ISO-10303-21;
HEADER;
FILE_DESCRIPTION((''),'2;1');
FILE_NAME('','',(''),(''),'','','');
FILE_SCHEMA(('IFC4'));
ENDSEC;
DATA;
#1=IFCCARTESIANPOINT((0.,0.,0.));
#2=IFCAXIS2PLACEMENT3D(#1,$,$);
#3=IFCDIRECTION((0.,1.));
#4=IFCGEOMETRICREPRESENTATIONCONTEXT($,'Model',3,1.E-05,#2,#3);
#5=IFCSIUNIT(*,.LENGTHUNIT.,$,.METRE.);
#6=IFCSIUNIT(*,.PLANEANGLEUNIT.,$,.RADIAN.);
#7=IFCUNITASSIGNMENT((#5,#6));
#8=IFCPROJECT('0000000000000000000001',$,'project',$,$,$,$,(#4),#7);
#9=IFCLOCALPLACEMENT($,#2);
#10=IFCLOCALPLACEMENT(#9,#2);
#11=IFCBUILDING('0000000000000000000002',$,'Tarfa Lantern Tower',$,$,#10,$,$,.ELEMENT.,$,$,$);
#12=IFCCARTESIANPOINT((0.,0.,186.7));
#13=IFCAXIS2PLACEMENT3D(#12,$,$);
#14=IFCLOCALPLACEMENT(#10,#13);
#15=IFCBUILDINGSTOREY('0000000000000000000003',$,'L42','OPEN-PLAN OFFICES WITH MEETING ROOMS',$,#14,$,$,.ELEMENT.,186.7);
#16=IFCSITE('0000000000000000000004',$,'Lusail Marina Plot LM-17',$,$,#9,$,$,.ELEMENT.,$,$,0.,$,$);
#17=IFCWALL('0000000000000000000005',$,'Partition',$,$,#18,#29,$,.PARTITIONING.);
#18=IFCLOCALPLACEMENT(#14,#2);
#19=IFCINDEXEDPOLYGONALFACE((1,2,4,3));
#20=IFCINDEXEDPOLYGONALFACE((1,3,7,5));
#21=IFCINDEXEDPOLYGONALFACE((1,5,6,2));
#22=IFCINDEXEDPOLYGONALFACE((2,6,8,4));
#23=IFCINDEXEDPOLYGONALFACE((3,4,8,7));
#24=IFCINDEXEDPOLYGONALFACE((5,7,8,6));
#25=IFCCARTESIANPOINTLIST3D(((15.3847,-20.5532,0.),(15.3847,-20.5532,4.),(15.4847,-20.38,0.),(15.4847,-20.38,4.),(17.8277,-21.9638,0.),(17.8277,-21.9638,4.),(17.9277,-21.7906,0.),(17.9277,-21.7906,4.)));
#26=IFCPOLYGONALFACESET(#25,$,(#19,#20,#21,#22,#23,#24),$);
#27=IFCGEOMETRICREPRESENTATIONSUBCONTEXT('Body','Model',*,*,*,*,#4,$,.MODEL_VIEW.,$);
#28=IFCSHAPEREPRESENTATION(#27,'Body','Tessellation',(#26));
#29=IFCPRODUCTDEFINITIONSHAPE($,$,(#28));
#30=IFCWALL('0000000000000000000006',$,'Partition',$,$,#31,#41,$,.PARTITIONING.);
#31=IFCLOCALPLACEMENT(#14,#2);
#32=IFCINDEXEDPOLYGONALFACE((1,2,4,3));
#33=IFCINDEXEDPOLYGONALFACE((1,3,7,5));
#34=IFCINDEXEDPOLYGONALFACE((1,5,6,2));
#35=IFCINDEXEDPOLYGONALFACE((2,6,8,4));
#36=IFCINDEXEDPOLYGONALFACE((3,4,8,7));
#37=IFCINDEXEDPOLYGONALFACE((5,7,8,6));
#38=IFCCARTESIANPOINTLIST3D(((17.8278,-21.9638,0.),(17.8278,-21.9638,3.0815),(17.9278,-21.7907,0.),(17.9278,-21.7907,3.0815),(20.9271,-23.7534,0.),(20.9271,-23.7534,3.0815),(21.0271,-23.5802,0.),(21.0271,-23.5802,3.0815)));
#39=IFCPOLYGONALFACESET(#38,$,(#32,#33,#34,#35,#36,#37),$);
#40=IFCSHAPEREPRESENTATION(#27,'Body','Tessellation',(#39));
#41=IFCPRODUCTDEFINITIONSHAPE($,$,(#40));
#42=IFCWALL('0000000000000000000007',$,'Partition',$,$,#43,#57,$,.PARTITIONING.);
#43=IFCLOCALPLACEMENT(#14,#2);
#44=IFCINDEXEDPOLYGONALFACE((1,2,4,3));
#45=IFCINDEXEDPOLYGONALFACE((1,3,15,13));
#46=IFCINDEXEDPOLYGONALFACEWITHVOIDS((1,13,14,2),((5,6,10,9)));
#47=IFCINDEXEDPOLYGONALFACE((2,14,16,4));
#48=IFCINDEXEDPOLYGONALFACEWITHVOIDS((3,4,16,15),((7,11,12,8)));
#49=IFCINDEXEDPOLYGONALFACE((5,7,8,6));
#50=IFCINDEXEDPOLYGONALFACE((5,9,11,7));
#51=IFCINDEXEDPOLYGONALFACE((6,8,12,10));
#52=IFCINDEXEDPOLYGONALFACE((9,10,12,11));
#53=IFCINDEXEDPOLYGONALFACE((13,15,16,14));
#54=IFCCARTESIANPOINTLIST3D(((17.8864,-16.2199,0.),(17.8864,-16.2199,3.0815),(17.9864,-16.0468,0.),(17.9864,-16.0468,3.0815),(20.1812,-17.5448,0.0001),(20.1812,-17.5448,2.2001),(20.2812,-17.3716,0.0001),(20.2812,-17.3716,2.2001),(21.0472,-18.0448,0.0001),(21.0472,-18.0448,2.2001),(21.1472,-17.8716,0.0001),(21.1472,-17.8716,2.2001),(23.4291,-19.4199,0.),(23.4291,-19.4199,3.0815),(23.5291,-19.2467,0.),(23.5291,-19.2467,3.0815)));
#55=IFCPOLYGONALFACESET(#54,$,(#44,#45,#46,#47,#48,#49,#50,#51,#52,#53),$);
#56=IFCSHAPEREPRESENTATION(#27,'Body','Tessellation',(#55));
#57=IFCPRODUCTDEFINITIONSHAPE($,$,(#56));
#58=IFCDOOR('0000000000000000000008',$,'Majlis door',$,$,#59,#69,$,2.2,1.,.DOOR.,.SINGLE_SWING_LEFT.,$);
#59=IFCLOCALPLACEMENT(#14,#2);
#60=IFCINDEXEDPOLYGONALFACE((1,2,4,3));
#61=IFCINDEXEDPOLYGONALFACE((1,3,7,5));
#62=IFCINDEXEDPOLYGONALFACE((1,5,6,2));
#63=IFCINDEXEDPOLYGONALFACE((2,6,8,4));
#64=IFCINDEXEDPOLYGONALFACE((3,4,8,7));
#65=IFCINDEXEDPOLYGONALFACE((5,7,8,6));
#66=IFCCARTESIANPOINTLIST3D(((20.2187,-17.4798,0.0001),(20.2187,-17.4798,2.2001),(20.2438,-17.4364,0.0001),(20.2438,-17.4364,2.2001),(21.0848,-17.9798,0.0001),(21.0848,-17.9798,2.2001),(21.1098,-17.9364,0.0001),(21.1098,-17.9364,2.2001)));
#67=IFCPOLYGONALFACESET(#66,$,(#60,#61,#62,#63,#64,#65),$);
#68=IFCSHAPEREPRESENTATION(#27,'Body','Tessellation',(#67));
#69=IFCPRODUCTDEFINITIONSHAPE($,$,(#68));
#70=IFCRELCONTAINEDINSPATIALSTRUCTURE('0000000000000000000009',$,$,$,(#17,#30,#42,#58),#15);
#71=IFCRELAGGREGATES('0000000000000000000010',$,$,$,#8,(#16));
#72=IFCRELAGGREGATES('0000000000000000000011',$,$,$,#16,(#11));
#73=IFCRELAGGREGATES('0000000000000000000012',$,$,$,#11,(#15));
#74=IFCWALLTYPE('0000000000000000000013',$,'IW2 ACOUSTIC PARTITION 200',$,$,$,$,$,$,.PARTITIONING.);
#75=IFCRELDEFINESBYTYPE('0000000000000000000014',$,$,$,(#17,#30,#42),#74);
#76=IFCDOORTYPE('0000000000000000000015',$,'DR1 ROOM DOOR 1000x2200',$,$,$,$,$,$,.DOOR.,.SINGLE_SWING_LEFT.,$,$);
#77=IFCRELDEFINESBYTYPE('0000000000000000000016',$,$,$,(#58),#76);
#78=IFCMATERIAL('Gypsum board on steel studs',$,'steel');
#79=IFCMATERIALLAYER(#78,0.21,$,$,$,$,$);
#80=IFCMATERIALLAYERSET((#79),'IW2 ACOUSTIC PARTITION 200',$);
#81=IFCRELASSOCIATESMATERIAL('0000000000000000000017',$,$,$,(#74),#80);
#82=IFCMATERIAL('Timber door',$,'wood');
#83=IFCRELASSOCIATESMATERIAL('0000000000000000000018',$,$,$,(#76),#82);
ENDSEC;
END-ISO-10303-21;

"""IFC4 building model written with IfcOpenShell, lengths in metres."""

from ifc_helpers import new_model, si_unit, direction, frame, frame_2d, origin, place, context, subcontext, project, spatial, rectangle, extrude, material, layer, layer_set, type_object, element, fill, save


model = new_model("IFC4")

# Units and contexts
model_context = context("Model", 3, precision=1e-05, world=origin(), true_north=direction((0.0, 1.0)))
body_context = subcontext(model_context, "Body", "Model", "MODEL_VIEW")
ifc_project = project(units=[si_unit("LENGTHUNIT", "METRE"), si_unit("PLANEANGLEUNIT", "RADIAN")], contexts=[model_context])

# Site, building, storey
site_placement = place(None, origin())
site = spatial("IfcSite", under=ifc_project, at=site_placement, Name="Lusail Marina Plot LM-17", CompositionType="ELEMENT", RefElevation=0.0)
building_placement = place(site_placement, origin())
building = spatial("IfcBuilding", under=site, at=building_placement, Name="Tarfa Lantern Tower", CompositionType="ELEMENT")
storey_placement = place(building_placement, frame((0.0, 0.0, 186.7)))
storey = spatial("IfcBuildingStorey", under=building, at=storey_placement, Name="L42", Description="OPEN-PLAN OFFICES WITH MEETING ROOMS", CompositionType="ELEMENT", Elevation=186.7)

# Shared definitions
ifc_material_1 = material(Name="Gypsum board on steel studs", Category="steel")
ifc_layer_1 = layer(ifc_material_1, 0.21)
ifc_layer_set_1 = layer_set([ifc_layer_1], Name="IW2 ACOUSTIC PARTITION 200")
wall_type_1 = type_object("IfcWallType", Name="IW2 ACOUSTIC PARTITION 200", PredefinedType="PARTITIONING", material=ifc_layer_set_1)
ifc_material_2 = material(Name="Timber door", Category="wood")
door_type_1 = type_object("IfcDoorType", Name="DR1 ROOM DOOR 1000x2200", OperationType="SINGLE_SWING_LEFT", PredefinedType="DOOR", material=ifc_material_2)

# Walls
wall_1_placement = place(storey_placement, frame((15.4346, -20.4666, 0.0), z_axis=(0.0, 0.0, 1.0), x_axis=(0.866008, -0.50003, 0.0)))
element("IfcWall", 1, at=wall_1_placement, inside=storey, type_object=wall_type_1, Name="Partition", PredefinedType="PARTITIONING", context=body_context, shape_type="SweptSolid", body=[
    extrude(rectangle(XDim=2.821, YDim=0.2, at=frame_2d((1.4106, 0.0))), origin(), (0.0, 0.0, 1.0), 4.0),
])
wall_2_placement = place(storey_placement, frame((17.8777, -21.8772, 0.0), z_axis=(0.0, 0.0, 1.0), x_axis=(0.86601, -0.500028, 0.0)))
element("IfcWall", 2, at=wall_2_placement, inside=storey, type_object=wall_type_1, Name="Partition", PredefinedType="PARTITIONING", context=body_context, shape_type="SweptSolid", body=[
    extrude(rectangle(XDim=3.5789, YDim=0.2, at=frame_2d((1.7896, 0.0))), origin(), (0.0, 0.0, 1.0), 3.0815),
])

# Wall, opening, door
wall_3_placement = place(storey_placement, frame((17.9363, -16.1333, 0.0), z_axis=(0.0, 0.0, 1.0), x_axis=(0.866035, -0.499983, 0.0)))
wall_3 = element("IfcWall", 3, at=wall_3_placement, inside=storey, type_object=wall_type_1, Name="Partition", PredefinedType="PARTITIONING", context=body_context, shape_type="SweptSolid", body=[
    extrude(rectangle(XDim=6.4001, YDim=0.2, at=frame_2d((3.2002, 0.0))), origin(), (0.0, 0.0, 1.0), 3.0815),
])
opening_1_placement = place(wall_3_placement, frame((2.6499, 0.0, 0.0)))
opening_1 = element("IfcOpeningElement", 4, at=opening_1_placement, cuts=wall_3, PredefinedType="OPENING", context=body_context, shape_type="SweptSolid", body=[
    extrude(rectangle(XDim=1.0, YDim=2.2, at=frame_2d((0.5, 1.1001))), frame((0.0, 0.1099, 0.0), z_axis=(0.0, -1.0, 0.0), x_axis=(1.0, 0.0, 0.0)), (0.0, 0.0, 1.0), 0.22),
])
door_1_placement = place(opening_1_placement, frame((1.0, 0.0, 0.0), z_axis=(0.0, 0.0, 1.0), x_axis=(-1.0, 0.0, 0.0)))
door_1 = element("IfcDoor", 5, at=door_1_placement, inside=storey, type_object=door_type_1, Name="Majlis door", OperationType="SINGLE_SWING_LEFT", OverallHeight=2.2, OverallWidth=1.0, PredefinedType="DOOR", context=body_context, shape_type="SweptSolid", body=[
    extrude(rectangle(XDim=1.0, YDim=2.2, at=frame_2d((0.5, 1.1001))), frame((0.0, 0.0249, 0.0), z_axis=(0.0, -1.0, 0.0), x_axis=(1.0, 0.0, 0.0)), (0.0, 0.0, 1.0), 0.05),
])
fill(opening_1, door_1)

save(model, "model.ifc")
